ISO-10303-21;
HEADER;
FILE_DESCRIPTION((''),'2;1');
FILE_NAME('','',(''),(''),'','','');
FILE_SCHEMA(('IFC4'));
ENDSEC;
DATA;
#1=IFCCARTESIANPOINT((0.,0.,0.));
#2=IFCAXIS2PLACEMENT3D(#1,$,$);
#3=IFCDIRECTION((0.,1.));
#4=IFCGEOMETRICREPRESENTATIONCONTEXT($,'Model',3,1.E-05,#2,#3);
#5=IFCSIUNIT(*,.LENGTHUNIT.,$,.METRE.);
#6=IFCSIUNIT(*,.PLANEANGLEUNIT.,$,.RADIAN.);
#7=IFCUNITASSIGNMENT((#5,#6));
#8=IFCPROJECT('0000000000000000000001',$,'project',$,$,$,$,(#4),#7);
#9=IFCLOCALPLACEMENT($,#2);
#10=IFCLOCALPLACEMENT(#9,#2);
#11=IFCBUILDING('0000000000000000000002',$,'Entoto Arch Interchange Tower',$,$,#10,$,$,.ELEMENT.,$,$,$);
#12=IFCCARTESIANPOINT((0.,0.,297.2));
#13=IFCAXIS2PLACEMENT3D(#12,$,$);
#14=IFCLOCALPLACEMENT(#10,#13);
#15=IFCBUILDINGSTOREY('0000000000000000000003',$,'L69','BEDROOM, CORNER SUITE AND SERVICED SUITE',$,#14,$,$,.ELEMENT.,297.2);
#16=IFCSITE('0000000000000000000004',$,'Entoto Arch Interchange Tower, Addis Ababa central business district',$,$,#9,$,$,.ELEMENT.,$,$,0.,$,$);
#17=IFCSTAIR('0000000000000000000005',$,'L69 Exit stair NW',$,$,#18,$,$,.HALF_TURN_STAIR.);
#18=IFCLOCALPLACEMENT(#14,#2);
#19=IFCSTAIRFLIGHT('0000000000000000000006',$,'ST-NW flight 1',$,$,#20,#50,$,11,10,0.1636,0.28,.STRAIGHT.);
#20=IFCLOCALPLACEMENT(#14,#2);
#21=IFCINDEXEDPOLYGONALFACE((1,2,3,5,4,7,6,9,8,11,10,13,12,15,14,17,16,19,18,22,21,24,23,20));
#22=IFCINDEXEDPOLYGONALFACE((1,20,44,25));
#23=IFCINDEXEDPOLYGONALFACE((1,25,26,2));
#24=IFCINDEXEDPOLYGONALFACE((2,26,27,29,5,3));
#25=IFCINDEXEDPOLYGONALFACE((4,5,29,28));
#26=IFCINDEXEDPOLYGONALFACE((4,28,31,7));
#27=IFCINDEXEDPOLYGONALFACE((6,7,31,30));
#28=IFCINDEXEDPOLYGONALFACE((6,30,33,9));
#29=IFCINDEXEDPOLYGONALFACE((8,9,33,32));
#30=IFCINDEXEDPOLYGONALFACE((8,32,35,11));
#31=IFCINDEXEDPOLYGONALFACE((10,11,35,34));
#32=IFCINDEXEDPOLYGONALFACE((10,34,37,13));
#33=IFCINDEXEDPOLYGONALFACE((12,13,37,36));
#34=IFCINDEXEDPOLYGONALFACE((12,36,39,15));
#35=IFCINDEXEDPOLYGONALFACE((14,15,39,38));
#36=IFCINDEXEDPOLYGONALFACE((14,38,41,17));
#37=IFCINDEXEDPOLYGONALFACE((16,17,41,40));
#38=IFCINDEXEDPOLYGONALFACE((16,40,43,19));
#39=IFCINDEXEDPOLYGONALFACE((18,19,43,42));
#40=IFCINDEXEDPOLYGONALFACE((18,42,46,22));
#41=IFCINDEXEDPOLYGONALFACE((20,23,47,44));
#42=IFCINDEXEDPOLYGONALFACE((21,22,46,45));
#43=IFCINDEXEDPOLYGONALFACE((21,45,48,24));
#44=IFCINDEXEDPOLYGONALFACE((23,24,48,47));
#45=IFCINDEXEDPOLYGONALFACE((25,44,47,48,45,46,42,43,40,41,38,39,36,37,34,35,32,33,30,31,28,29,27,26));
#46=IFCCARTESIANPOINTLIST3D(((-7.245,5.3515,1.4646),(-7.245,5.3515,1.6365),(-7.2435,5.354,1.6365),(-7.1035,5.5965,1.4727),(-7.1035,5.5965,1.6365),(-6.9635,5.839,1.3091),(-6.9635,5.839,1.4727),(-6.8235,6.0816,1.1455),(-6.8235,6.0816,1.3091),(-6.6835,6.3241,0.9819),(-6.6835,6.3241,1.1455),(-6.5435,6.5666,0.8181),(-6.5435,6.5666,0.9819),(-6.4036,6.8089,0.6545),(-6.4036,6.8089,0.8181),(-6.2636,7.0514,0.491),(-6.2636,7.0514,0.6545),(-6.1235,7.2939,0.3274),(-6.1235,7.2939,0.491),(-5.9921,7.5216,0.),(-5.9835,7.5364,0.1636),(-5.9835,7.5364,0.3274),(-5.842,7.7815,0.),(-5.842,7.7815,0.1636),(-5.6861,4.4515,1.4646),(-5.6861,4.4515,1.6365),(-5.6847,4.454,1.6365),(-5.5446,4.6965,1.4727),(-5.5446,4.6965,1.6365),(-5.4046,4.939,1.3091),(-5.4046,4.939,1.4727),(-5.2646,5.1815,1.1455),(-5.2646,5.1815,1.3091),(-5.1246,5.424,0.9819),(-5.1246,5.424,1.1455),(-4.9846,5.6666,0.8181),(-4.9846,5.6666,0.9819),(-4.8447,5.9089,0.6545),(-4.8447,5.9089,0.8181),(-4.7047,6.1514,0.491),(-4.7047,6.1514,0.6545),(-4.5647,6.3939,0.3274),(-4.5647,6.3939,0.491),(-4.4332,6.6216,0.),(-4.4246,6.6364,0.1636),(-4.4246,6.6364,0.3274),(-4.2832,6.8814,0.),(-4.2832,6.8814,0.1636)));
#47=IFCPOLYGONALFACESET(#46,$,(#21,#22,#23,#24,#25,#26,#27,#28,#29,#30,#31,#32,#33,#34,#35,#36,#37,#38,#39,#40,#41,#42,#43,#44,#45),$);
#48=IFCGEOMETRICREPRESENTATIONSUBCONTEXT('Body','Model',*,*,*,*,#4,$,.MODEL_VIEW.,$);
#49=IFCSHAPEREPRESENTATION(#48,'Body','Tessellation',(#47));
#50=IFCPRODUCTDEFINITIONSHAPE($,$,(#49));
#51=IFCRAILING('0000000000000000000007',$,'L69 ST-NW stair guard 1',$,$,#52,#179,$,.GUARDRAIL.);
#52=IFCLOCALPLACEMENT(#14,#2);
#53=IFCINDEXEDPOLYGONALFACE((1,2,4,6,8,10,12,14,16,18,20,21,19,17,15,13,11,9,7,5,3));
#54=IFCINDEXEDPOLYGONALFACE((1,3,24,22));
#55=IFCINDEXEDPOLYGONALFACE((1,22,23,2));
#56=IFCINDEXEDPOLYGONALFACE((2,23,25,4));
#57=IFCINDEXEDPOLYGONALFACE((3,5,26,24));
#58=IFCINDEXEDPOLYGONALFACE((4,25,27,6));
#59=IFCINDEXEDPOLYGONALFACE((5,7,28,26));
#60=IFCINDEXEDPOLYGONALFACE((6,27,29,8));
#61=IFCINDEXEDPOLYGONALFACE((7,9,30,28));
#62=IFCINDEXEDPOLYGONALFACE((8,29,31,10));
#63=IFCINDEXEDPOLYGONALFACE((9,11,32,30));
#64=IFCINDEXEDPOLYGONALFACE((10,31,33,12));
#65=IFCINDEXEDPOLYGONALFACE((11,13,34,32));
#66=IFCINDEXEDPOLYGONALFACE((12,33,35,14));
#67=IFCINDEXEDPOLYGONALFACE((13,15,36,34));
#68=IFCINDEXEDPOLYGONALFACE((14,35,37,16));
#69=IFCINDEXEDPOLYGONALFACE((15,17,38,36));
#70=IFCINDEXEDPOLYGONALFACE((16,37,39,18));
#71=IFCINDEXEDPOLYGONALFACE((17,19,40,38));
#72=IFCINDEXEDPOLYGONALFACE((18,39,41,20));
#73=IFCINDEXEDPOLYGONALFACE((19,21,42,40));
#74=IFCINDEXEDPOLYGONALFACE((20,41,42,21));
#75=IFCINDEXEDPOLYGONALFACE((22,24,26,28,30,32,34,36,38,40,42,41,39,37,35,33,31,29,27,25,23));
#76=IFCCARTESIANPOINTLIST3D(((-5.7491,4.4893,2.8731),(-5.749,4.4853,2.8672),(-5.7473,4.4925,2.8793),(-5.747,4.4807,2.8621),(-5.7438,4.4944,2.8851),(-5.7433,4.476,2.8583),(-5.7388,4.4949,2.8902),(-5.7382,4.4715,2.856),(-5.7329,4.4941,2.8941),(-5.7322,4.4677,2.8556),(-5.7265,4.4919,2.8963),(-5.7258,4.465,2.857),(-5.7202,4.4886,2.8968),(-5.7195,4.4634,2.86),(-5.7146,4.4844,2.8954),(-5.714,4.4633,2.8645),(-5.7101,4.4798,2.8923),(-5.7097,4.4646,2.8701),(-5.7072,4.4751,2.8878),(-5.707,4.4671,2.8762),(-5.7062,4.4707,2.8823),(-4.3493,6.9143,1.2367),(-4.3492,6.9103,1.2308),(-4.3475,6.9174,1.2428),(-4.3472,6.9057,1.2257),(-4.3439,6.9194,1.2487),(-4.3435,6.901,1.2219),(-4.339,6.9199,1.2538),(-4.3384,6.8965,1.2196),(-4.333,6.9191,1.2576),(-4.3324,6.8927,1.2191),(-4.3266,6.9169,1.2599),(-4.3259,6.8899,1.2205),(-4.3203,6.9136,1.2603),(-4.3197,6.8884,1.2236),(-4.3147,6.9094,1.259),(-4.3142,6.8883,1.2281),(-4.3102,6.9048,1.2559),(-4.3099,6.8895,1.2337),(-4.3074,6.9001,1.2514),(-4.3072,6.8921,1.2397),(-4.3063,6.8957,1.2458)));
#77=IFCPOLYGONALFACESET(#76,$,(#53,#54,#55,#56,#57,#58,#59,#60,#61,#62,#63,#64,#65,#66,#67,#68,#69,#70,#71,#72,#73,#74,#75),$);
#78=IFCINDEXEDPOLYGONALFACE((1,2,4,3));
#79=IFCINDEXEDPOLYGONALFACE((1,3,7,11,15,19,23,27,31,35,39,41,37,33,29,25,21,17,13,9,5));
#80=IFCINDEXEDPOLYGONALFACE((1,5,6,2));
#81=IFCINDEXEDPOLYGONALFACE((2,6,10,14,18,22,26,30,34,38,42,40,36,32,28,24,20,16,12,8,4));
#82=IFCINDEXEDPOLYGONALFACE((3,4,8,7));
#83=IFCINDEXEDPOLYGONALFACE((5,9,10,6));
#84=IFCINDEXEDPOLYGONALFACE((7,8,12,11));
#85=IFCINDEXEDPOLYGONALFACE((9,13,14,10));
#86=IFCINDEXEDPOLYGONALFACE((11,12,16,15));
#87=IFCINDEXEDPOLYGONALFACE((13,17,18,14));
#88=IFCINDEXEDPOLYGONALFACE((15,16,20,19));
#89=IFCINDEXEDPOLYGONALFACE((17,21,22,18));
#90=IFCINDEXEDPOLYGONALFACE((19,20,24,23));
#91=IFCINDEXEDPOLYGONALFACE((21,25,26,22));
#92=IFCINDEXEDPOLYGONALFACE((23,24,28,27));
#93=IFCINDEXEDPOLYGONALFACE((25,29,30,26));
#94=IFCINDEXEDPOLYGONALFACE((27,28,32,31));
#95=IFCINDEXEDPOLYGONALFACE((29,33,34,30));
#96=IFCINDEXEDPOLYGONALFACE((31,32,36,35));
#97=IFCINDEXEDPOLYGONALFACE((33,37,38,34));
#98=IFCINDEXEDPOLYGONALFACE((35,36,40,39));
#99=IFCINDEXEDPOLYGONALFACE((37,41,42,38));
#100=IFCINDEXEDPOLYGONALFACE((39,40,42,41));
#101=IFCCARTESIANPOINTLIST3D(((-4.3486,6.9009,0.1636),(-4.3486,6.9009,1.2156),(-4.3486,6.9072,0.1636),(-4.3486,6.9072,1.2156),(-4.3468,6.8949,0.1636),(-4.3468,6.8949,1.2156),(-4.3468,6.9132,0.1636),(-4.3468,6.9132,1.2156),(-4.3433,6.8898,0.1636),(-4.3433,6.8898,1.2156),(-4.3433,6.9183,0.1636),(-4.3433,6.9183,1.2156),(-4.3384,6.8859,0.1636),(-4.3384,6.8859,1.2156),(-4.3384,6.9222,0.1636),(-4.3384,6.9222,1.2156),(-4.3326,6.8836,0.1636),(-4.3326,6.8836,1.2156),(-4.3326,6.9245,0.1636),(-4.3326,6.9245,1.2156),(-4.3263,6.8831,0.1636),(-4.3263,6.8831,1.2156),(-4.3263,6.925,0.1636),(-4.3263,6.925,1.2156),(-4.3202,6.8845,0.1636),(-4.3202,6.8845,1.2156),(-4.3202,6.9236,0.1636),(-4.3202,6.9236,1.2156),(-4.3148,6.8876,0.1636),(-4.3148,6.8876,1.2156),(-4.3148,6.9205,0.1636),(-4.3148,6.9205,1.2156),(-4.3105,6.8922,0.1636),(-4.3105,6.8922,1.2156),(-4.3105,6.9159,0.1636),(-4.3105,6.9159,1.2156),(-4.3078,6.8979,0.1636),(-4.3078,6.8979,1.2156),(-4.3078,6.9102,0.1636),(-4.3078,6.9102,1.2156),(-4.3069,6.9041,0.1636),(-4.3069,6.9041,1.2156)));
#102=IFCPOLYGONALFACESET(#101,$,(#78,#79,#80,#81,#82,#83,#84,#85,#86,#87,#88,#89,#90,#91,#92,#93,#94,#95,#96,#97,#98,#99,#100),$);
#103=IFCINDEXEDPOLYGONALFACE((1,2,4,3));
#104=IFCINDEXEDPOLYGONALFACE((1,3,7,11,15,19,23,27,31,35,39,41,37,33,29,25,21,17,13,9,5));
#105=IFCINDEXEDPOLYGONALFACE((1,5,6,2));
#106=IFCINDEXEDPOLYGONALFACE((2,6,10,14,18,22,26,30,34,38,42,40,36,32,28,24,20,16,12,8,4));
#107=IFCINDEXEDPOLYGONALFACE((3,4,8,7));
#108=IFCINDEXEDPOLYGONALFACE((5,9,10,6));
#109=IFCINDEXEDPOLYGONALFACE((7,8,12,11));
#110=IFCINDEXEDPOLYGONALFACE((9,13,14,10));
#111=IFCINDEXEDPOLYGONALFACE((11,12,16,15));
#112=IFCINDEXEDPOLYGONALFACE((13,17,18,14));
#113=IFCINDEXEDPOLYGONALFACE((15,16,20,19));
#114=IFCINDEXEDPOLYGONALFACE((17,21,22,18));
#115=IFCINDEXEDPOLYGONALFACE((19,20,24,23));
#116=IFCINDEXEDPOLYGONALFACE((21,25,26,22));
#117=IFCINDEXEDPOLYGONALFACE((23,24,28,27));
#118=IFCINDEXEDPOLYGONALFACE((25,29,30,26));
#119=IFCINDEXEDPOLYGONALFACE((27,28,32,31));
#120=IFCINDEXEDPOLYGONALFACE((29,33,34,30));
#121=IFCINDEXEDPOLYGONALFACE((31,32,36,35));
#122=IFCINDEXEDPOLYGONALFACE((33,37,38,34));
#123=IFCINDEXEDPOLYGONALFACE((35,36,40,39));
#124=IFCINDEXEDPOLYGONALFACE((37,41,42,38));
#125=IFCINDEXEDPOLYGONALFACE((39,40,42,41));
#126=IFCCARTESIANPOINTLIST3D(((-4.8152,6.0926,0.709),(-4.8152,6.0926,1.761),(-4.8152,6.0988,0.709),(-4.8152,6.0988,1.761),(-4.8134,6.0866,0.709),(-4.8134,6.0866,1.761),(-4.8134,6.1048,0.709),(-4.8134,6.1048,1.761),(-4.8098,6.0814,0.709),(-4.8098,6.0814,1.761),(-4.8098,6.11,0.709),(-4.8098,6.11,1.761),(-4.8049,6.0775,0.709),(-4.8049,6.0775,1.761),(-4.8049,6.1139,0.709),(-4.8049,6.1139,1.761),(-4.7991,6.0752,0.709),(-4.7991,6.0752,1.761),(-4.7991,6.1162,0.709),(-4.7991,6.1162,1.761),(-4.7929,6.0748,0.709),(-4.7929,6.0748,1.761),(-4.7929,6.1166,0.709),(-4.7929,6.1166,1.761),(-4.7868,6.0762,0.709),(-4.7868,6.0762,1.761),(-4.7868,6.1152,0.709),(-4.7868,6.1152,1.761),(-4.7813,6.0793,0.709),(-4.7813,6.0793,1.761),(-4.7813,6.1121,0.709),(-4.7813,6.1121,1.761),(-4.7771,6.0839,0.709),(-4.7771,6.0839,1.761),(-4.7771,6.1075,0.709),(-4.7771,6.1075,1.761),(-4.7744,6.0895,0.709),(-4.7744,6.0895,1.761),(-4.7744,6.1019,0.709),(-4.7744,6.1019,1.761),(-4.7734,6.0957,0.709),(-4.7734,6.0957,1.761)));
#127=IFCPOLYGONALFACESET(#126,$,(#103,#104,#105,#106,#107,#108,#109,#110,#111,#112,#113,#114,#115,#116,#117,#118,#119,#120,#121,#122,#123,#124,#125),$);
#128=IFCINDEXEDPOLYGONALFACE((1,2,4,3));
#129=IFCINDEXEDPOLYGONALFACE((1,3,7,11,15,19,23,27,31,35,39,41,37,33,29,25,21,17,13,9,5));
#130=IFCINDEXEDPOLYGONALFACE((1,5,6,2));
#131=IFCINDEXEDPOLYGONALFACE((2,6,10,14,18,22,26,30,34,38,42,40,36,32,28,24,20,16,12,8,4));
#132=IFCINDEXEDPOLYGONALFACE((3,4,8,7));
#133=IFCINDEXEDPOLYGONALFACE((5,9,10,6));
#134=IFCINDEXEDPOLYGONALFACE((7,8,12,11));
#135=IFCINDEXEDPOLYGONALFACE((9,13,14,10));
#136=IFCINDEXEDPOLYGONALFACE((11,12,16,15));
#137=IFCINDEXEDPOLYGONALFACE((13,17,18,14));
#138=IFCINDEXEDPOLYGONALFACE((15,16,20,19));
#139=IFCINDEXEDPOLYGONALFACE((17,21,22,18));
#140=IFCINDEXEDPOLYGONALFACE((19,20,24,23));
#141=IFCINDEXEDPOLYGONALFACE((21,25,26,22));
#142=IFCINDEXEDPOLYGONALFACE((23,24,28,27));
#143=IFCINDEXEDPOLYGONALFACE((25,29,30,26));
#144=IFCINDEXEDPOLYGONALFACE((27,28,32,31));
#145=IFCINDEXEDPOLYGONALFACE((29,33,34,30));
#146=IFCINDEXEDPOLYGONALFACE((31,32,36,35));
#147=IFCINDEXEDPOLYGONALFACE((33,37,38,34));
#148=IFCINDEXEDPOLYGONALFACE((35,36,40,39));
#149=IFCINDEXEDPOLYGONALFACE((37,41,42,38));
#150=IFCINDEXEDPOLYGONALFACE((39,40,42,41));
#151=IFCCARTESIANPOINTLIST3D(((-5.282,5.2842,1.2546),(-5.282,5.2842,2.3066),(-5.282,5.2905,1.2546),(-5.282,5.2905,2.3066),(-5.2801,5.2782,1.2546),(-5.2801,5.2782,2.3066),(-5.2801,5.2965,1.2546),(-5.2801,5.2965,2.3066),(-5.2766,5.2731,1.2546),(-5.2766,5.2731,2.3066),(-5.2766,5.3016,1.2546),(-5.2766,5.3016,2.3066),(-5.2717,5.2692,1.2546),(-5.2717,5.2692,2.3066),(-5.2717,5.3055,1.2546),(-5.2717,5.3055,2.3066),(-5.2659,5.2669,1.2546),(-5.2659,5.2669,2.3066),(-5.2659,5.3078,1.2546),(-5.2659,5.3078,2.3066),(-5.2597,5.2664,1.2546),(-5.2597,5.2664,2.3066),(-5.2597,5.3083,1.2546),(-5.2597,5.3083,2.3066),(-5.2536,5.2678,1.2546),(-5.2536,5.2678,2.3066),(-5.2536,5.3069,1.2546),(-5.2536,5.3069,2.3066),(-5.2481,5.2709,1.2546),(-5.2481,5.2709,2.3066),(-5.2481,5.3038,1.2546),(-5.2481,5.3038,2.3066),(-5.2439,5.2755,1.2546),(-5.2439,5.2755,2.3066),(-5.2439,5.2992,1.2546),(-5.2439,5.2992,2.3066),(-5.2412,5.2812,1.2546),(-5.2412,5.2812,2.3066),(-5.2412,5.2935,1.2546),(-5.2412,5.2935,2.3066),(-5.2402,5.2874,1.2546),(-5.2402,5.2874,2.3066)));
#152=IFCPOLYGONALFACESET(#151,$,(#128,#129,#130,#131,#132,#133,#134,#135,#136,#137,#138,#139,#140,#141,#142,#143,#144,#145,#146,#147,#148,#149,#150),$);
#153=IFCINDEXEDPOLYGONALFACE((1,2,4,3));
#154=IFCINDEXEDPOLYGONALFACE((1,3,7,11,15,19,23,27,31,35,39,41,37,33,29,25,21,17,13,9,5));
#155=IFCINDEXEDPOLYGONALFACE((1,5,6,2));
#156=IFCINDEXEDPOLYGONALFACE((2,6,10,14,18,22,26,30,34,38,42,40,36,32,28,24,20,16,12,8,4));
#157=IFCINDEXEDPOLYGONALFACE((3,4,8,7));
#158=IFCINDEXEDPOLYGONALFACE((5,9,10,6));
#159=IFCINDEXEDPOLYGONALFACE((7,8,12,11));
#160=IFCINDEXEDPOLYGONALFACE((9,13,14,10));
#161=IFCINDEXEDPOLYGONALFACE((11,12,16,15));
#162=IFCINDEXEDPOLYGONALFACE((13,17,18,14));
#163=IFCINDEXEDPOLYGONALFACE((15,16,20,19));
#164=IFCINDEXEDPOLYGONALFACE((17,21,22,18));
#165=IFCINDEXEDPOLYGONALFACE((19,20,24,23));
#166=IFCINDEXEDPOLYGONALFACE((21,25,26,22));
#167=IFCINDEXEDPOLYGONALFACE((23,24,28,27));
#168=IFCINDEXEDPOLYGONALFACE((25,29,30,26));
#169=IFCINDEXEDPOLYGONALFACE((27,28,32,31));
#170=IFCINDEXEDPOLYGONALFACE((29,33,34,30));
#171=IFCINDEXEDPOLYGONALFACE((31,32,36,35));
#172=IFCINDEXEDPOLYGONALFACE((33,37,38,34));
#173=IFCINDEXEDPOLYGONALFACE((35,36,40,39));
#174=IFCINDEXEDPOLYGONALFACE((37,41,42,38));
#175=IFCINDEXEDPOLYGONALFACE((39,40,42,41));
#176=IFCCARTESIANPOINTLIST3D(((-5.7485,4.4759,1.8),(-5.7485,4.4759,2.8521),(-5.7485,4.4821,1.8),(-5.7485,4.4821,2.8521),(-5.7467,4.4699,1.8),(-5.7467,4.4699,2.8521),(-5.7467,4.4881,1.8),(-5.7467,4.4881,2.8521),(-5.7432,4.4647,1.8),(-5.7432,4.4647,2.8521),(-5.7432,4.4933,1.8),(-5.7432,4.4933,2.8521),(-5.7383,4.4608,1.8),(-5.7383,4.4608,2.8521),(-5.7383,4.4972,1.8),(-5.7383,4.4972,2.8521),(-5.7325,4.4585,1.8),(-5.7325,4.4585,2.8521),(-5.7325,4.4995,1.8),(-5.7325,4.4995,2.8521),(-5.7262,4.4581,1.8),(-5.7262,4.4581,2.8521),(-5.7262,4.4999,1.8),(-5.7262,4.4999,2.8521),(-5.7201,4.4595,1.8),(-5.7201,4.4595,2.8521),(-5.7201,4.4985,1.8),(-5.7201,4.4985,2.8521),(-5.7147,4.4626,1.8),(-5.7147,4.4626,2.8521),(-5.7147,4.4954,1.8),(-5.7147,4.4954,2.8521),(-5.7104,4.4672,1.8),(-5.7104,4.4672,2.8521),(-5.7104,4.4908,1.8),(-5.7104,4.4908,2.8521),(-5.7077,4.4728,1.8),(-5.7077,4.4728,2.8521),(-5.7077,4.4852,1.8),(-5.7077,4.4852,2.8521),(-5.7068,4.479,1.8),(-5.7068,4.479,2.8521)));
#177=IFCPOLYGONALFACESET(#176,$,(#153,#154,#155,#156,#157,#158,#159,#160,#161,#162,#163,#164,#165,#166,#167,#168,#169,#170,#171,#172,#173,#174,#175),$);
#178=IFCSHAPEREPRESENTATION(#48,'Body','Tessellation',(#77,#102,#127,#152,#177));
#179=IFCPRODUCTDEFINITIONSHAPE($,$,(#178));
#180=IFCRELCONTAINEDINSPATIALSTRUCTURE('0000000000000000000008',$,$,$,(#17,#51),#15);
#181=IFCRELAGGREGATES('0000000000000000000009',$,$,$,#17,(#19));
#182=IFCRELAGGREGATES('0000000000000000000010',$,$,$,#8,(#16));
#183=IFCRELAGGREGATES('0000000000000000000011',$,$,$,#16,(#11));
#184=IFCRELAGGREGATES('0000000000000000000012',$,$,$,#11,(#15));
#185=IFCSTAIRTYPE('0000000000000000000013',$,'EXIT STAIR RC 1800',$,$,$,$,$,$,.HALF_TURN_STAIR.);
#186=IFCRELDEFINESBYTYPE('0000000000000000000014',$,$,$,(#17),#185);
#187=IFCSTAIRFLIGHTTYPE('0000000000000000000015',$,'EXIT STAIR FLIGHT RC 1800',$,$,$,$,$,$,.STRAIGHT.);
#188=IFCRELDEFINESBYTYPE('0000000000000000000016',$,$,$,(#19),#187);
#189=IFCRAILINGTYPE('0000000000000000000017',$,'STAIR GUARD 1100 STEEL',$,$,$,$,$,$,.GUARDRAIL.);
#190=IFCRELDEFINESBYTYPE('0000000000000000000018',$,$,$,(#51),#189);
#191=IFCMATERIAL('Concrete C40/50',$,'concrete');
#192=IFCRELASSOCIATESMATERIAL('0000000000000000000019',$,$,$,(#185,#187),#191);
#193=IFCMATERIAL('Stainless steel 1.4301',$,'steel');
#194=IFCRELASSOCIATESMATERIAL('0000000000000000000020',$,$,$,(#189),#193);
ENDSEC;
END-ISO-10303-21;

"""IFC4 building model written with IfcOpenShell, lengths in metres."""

from ifc_helpers import new_model, si_unit, direction, frame, origin, origin_2d, place, context, subcontext, project, spatial, polyline, circle, outline, extrude, material, type_object, element, aggregate, save


model = new_model("IFC4")

# Units and contexts
model_context = context("Model", 3, precision=1e-05, world=origin(), true_north=direction((0.0, 1.0)))
body_context = subcontext(model_context, "Body", "Model", "MODEL_VIEW")
ifc_project = project(units=[si_unit("LENGTHUNIT", "METRE"), si_unit("PLANEANGLEUNIT", "RADIAN")], contexts=[model_context])

# Site, building, storey
site_placement = place(None, origin())
site = spatial("IfcSite", under=ifc_project, at=site_placement, Name="Entoto Arch Interchange Tower, Addis Ababa central business district", CompositionType="ELEMENT", RefElevation=0.0)
building_placement = place(site_placement, origin())
building = spatial("IfcBuilding", under=site, at=building_placement, Name="Entoto Arch Interchange Tower", CompositionType="ELEMENT")
storey_placement = place(building_placement, frame((0.0, 0.0, 297.2)))
storey = spatial("IfcBuildingStorey", under=building, at=storey_placement, Name="L69", Description="BEDROOM, CORNER SUITE AND SERVICED SUITE", CompositionType="ELEMENT", Elevation=297.2)

# Shared definitions
ifc_material_1 = material(Name="Concrete C40/50", Category="concrete")

# Stair, stair flight
stair_type = type_object("IfcStairType", Name="EXIT STAIR RC 1800", PredefinedType="HALF_TURN_STAIR", material=ifc_material_1)
stair_placement = place(storey_placement, origin())
stair = element("IfcStair", 1, at=stair_placement, inside=storey, type_object=stair_type, Name="L69 Exit stair NW", PredefinedType="HALF_TURN_STAIR")
stair_flight_type = type_object("IfcStairFlightType", Name="EXIT STAIR FLIGHT RC 1800", PredefinedType="STRAIGHT", material=ifc_material_1)
stair_flight_placement = place(storey_placement, frame((-5.064, 7.3289, 0.0), z_axis=(0.0, 0.0, 1.0), x_axis=(-0.5, -0.866025, 0.0)))
stair_flight = element("IfcStairFlight", 2, at=stair_flight_placement, type_object=stair_flight_type, Name="ST-NW flight 1", NumberOfRisers=11, NumberOfTreads=10, PredefinedType="STRAIGHT", RiserHeight=0.1636, TreadLength=0.28, context=body_context, shape_type="SweptSolid", body=[
    extrude(outline(polyline([(-0.0029, 0.0), (-0.0029, 0.1636), (0.28, 0.1636), (0.28, 0.3274), (0.5601, 0.3274), (0.5601, 0.491), (0.8401, 0.491), (0.8401, 0.6545), (1.1201, 0.6545), (1.1201, 0.8181), (1.3999, 0.8181), (1.3999, 0.9819), (1.6799, 0.9819), (1.6799, 1.1455), (1.96, 1.1455), (1.96, 1.3091), (2.24, 1.3091), (2.24, 1.4727), (2.52, 1.4727), (2.52, 1.6365), (2.8, 1.6365), (2.803, 1.6365), (2.803, 1.4646), (0.2971, 0.0), (-0.0029, 0.0)])), frame((0.0, 0.8999, 0.0), z_axis=(0.0, -1.0, 0.0), x_axis=(1.0, 0.0, 0.0)), (0.0, 0.0, 1.0), 1.8),
])
aggregate(stair, [stair_flight])

# Railing
ifc_material_2 = material(Name="Stainless steel 1.4301", Category="steel")
railing_type_1 = type_object("IfcRailingType", Name="STAIR GUARD 1100 STEEL", PredefinedType="GUARDRAIL", material=ifc_material_2)
railing_1_placement = place(storey_placement, frame((-4.3279, 6.9041, 0.1636)))
element("IfcRailing", 3, at=railing_1_placement, inside=storey, type_object=railing_type_1, Name="L69 ST-NW stair guard 1", PredefinedType="GUARDRAIL", context=body_context, shape_type="SweptSolid", body=[
    extrude(circle(Radius=0.0239, at=origin_2d()), frame((0.0, 0.0, 1.0762), z_axis=(-0.431636, -0.747723, 0.504579), x_axis=(0.866056, -0.499946, 0.0)), (0.0, 0.0, 1.0), 3.2432),
    extrude(circle(Radius=0.021, at=origin_2d()), origin(), (0.0, 0.0, 1.0), 1.052),
    extrude(circle(Radius=0.021, at=origin_2d()), frame((-0.4666, -0.8083, 0.5454)), (0.0, 0.0, 1.0), 1.052),
    extrude(circle(Radius=0.021, at=origin_2d()), frame((-0.9333, -1.6167, 1.0911)), (0.0, 0.0, 1.0), 1.052),
    extrude(circle(Radius=0.021, at=origin_2d()), frame((-1.3999, -2.425, 1.6365)), (0.0, 0.0, 1.0), 1.052),
])

save(model, "model.ifc")
